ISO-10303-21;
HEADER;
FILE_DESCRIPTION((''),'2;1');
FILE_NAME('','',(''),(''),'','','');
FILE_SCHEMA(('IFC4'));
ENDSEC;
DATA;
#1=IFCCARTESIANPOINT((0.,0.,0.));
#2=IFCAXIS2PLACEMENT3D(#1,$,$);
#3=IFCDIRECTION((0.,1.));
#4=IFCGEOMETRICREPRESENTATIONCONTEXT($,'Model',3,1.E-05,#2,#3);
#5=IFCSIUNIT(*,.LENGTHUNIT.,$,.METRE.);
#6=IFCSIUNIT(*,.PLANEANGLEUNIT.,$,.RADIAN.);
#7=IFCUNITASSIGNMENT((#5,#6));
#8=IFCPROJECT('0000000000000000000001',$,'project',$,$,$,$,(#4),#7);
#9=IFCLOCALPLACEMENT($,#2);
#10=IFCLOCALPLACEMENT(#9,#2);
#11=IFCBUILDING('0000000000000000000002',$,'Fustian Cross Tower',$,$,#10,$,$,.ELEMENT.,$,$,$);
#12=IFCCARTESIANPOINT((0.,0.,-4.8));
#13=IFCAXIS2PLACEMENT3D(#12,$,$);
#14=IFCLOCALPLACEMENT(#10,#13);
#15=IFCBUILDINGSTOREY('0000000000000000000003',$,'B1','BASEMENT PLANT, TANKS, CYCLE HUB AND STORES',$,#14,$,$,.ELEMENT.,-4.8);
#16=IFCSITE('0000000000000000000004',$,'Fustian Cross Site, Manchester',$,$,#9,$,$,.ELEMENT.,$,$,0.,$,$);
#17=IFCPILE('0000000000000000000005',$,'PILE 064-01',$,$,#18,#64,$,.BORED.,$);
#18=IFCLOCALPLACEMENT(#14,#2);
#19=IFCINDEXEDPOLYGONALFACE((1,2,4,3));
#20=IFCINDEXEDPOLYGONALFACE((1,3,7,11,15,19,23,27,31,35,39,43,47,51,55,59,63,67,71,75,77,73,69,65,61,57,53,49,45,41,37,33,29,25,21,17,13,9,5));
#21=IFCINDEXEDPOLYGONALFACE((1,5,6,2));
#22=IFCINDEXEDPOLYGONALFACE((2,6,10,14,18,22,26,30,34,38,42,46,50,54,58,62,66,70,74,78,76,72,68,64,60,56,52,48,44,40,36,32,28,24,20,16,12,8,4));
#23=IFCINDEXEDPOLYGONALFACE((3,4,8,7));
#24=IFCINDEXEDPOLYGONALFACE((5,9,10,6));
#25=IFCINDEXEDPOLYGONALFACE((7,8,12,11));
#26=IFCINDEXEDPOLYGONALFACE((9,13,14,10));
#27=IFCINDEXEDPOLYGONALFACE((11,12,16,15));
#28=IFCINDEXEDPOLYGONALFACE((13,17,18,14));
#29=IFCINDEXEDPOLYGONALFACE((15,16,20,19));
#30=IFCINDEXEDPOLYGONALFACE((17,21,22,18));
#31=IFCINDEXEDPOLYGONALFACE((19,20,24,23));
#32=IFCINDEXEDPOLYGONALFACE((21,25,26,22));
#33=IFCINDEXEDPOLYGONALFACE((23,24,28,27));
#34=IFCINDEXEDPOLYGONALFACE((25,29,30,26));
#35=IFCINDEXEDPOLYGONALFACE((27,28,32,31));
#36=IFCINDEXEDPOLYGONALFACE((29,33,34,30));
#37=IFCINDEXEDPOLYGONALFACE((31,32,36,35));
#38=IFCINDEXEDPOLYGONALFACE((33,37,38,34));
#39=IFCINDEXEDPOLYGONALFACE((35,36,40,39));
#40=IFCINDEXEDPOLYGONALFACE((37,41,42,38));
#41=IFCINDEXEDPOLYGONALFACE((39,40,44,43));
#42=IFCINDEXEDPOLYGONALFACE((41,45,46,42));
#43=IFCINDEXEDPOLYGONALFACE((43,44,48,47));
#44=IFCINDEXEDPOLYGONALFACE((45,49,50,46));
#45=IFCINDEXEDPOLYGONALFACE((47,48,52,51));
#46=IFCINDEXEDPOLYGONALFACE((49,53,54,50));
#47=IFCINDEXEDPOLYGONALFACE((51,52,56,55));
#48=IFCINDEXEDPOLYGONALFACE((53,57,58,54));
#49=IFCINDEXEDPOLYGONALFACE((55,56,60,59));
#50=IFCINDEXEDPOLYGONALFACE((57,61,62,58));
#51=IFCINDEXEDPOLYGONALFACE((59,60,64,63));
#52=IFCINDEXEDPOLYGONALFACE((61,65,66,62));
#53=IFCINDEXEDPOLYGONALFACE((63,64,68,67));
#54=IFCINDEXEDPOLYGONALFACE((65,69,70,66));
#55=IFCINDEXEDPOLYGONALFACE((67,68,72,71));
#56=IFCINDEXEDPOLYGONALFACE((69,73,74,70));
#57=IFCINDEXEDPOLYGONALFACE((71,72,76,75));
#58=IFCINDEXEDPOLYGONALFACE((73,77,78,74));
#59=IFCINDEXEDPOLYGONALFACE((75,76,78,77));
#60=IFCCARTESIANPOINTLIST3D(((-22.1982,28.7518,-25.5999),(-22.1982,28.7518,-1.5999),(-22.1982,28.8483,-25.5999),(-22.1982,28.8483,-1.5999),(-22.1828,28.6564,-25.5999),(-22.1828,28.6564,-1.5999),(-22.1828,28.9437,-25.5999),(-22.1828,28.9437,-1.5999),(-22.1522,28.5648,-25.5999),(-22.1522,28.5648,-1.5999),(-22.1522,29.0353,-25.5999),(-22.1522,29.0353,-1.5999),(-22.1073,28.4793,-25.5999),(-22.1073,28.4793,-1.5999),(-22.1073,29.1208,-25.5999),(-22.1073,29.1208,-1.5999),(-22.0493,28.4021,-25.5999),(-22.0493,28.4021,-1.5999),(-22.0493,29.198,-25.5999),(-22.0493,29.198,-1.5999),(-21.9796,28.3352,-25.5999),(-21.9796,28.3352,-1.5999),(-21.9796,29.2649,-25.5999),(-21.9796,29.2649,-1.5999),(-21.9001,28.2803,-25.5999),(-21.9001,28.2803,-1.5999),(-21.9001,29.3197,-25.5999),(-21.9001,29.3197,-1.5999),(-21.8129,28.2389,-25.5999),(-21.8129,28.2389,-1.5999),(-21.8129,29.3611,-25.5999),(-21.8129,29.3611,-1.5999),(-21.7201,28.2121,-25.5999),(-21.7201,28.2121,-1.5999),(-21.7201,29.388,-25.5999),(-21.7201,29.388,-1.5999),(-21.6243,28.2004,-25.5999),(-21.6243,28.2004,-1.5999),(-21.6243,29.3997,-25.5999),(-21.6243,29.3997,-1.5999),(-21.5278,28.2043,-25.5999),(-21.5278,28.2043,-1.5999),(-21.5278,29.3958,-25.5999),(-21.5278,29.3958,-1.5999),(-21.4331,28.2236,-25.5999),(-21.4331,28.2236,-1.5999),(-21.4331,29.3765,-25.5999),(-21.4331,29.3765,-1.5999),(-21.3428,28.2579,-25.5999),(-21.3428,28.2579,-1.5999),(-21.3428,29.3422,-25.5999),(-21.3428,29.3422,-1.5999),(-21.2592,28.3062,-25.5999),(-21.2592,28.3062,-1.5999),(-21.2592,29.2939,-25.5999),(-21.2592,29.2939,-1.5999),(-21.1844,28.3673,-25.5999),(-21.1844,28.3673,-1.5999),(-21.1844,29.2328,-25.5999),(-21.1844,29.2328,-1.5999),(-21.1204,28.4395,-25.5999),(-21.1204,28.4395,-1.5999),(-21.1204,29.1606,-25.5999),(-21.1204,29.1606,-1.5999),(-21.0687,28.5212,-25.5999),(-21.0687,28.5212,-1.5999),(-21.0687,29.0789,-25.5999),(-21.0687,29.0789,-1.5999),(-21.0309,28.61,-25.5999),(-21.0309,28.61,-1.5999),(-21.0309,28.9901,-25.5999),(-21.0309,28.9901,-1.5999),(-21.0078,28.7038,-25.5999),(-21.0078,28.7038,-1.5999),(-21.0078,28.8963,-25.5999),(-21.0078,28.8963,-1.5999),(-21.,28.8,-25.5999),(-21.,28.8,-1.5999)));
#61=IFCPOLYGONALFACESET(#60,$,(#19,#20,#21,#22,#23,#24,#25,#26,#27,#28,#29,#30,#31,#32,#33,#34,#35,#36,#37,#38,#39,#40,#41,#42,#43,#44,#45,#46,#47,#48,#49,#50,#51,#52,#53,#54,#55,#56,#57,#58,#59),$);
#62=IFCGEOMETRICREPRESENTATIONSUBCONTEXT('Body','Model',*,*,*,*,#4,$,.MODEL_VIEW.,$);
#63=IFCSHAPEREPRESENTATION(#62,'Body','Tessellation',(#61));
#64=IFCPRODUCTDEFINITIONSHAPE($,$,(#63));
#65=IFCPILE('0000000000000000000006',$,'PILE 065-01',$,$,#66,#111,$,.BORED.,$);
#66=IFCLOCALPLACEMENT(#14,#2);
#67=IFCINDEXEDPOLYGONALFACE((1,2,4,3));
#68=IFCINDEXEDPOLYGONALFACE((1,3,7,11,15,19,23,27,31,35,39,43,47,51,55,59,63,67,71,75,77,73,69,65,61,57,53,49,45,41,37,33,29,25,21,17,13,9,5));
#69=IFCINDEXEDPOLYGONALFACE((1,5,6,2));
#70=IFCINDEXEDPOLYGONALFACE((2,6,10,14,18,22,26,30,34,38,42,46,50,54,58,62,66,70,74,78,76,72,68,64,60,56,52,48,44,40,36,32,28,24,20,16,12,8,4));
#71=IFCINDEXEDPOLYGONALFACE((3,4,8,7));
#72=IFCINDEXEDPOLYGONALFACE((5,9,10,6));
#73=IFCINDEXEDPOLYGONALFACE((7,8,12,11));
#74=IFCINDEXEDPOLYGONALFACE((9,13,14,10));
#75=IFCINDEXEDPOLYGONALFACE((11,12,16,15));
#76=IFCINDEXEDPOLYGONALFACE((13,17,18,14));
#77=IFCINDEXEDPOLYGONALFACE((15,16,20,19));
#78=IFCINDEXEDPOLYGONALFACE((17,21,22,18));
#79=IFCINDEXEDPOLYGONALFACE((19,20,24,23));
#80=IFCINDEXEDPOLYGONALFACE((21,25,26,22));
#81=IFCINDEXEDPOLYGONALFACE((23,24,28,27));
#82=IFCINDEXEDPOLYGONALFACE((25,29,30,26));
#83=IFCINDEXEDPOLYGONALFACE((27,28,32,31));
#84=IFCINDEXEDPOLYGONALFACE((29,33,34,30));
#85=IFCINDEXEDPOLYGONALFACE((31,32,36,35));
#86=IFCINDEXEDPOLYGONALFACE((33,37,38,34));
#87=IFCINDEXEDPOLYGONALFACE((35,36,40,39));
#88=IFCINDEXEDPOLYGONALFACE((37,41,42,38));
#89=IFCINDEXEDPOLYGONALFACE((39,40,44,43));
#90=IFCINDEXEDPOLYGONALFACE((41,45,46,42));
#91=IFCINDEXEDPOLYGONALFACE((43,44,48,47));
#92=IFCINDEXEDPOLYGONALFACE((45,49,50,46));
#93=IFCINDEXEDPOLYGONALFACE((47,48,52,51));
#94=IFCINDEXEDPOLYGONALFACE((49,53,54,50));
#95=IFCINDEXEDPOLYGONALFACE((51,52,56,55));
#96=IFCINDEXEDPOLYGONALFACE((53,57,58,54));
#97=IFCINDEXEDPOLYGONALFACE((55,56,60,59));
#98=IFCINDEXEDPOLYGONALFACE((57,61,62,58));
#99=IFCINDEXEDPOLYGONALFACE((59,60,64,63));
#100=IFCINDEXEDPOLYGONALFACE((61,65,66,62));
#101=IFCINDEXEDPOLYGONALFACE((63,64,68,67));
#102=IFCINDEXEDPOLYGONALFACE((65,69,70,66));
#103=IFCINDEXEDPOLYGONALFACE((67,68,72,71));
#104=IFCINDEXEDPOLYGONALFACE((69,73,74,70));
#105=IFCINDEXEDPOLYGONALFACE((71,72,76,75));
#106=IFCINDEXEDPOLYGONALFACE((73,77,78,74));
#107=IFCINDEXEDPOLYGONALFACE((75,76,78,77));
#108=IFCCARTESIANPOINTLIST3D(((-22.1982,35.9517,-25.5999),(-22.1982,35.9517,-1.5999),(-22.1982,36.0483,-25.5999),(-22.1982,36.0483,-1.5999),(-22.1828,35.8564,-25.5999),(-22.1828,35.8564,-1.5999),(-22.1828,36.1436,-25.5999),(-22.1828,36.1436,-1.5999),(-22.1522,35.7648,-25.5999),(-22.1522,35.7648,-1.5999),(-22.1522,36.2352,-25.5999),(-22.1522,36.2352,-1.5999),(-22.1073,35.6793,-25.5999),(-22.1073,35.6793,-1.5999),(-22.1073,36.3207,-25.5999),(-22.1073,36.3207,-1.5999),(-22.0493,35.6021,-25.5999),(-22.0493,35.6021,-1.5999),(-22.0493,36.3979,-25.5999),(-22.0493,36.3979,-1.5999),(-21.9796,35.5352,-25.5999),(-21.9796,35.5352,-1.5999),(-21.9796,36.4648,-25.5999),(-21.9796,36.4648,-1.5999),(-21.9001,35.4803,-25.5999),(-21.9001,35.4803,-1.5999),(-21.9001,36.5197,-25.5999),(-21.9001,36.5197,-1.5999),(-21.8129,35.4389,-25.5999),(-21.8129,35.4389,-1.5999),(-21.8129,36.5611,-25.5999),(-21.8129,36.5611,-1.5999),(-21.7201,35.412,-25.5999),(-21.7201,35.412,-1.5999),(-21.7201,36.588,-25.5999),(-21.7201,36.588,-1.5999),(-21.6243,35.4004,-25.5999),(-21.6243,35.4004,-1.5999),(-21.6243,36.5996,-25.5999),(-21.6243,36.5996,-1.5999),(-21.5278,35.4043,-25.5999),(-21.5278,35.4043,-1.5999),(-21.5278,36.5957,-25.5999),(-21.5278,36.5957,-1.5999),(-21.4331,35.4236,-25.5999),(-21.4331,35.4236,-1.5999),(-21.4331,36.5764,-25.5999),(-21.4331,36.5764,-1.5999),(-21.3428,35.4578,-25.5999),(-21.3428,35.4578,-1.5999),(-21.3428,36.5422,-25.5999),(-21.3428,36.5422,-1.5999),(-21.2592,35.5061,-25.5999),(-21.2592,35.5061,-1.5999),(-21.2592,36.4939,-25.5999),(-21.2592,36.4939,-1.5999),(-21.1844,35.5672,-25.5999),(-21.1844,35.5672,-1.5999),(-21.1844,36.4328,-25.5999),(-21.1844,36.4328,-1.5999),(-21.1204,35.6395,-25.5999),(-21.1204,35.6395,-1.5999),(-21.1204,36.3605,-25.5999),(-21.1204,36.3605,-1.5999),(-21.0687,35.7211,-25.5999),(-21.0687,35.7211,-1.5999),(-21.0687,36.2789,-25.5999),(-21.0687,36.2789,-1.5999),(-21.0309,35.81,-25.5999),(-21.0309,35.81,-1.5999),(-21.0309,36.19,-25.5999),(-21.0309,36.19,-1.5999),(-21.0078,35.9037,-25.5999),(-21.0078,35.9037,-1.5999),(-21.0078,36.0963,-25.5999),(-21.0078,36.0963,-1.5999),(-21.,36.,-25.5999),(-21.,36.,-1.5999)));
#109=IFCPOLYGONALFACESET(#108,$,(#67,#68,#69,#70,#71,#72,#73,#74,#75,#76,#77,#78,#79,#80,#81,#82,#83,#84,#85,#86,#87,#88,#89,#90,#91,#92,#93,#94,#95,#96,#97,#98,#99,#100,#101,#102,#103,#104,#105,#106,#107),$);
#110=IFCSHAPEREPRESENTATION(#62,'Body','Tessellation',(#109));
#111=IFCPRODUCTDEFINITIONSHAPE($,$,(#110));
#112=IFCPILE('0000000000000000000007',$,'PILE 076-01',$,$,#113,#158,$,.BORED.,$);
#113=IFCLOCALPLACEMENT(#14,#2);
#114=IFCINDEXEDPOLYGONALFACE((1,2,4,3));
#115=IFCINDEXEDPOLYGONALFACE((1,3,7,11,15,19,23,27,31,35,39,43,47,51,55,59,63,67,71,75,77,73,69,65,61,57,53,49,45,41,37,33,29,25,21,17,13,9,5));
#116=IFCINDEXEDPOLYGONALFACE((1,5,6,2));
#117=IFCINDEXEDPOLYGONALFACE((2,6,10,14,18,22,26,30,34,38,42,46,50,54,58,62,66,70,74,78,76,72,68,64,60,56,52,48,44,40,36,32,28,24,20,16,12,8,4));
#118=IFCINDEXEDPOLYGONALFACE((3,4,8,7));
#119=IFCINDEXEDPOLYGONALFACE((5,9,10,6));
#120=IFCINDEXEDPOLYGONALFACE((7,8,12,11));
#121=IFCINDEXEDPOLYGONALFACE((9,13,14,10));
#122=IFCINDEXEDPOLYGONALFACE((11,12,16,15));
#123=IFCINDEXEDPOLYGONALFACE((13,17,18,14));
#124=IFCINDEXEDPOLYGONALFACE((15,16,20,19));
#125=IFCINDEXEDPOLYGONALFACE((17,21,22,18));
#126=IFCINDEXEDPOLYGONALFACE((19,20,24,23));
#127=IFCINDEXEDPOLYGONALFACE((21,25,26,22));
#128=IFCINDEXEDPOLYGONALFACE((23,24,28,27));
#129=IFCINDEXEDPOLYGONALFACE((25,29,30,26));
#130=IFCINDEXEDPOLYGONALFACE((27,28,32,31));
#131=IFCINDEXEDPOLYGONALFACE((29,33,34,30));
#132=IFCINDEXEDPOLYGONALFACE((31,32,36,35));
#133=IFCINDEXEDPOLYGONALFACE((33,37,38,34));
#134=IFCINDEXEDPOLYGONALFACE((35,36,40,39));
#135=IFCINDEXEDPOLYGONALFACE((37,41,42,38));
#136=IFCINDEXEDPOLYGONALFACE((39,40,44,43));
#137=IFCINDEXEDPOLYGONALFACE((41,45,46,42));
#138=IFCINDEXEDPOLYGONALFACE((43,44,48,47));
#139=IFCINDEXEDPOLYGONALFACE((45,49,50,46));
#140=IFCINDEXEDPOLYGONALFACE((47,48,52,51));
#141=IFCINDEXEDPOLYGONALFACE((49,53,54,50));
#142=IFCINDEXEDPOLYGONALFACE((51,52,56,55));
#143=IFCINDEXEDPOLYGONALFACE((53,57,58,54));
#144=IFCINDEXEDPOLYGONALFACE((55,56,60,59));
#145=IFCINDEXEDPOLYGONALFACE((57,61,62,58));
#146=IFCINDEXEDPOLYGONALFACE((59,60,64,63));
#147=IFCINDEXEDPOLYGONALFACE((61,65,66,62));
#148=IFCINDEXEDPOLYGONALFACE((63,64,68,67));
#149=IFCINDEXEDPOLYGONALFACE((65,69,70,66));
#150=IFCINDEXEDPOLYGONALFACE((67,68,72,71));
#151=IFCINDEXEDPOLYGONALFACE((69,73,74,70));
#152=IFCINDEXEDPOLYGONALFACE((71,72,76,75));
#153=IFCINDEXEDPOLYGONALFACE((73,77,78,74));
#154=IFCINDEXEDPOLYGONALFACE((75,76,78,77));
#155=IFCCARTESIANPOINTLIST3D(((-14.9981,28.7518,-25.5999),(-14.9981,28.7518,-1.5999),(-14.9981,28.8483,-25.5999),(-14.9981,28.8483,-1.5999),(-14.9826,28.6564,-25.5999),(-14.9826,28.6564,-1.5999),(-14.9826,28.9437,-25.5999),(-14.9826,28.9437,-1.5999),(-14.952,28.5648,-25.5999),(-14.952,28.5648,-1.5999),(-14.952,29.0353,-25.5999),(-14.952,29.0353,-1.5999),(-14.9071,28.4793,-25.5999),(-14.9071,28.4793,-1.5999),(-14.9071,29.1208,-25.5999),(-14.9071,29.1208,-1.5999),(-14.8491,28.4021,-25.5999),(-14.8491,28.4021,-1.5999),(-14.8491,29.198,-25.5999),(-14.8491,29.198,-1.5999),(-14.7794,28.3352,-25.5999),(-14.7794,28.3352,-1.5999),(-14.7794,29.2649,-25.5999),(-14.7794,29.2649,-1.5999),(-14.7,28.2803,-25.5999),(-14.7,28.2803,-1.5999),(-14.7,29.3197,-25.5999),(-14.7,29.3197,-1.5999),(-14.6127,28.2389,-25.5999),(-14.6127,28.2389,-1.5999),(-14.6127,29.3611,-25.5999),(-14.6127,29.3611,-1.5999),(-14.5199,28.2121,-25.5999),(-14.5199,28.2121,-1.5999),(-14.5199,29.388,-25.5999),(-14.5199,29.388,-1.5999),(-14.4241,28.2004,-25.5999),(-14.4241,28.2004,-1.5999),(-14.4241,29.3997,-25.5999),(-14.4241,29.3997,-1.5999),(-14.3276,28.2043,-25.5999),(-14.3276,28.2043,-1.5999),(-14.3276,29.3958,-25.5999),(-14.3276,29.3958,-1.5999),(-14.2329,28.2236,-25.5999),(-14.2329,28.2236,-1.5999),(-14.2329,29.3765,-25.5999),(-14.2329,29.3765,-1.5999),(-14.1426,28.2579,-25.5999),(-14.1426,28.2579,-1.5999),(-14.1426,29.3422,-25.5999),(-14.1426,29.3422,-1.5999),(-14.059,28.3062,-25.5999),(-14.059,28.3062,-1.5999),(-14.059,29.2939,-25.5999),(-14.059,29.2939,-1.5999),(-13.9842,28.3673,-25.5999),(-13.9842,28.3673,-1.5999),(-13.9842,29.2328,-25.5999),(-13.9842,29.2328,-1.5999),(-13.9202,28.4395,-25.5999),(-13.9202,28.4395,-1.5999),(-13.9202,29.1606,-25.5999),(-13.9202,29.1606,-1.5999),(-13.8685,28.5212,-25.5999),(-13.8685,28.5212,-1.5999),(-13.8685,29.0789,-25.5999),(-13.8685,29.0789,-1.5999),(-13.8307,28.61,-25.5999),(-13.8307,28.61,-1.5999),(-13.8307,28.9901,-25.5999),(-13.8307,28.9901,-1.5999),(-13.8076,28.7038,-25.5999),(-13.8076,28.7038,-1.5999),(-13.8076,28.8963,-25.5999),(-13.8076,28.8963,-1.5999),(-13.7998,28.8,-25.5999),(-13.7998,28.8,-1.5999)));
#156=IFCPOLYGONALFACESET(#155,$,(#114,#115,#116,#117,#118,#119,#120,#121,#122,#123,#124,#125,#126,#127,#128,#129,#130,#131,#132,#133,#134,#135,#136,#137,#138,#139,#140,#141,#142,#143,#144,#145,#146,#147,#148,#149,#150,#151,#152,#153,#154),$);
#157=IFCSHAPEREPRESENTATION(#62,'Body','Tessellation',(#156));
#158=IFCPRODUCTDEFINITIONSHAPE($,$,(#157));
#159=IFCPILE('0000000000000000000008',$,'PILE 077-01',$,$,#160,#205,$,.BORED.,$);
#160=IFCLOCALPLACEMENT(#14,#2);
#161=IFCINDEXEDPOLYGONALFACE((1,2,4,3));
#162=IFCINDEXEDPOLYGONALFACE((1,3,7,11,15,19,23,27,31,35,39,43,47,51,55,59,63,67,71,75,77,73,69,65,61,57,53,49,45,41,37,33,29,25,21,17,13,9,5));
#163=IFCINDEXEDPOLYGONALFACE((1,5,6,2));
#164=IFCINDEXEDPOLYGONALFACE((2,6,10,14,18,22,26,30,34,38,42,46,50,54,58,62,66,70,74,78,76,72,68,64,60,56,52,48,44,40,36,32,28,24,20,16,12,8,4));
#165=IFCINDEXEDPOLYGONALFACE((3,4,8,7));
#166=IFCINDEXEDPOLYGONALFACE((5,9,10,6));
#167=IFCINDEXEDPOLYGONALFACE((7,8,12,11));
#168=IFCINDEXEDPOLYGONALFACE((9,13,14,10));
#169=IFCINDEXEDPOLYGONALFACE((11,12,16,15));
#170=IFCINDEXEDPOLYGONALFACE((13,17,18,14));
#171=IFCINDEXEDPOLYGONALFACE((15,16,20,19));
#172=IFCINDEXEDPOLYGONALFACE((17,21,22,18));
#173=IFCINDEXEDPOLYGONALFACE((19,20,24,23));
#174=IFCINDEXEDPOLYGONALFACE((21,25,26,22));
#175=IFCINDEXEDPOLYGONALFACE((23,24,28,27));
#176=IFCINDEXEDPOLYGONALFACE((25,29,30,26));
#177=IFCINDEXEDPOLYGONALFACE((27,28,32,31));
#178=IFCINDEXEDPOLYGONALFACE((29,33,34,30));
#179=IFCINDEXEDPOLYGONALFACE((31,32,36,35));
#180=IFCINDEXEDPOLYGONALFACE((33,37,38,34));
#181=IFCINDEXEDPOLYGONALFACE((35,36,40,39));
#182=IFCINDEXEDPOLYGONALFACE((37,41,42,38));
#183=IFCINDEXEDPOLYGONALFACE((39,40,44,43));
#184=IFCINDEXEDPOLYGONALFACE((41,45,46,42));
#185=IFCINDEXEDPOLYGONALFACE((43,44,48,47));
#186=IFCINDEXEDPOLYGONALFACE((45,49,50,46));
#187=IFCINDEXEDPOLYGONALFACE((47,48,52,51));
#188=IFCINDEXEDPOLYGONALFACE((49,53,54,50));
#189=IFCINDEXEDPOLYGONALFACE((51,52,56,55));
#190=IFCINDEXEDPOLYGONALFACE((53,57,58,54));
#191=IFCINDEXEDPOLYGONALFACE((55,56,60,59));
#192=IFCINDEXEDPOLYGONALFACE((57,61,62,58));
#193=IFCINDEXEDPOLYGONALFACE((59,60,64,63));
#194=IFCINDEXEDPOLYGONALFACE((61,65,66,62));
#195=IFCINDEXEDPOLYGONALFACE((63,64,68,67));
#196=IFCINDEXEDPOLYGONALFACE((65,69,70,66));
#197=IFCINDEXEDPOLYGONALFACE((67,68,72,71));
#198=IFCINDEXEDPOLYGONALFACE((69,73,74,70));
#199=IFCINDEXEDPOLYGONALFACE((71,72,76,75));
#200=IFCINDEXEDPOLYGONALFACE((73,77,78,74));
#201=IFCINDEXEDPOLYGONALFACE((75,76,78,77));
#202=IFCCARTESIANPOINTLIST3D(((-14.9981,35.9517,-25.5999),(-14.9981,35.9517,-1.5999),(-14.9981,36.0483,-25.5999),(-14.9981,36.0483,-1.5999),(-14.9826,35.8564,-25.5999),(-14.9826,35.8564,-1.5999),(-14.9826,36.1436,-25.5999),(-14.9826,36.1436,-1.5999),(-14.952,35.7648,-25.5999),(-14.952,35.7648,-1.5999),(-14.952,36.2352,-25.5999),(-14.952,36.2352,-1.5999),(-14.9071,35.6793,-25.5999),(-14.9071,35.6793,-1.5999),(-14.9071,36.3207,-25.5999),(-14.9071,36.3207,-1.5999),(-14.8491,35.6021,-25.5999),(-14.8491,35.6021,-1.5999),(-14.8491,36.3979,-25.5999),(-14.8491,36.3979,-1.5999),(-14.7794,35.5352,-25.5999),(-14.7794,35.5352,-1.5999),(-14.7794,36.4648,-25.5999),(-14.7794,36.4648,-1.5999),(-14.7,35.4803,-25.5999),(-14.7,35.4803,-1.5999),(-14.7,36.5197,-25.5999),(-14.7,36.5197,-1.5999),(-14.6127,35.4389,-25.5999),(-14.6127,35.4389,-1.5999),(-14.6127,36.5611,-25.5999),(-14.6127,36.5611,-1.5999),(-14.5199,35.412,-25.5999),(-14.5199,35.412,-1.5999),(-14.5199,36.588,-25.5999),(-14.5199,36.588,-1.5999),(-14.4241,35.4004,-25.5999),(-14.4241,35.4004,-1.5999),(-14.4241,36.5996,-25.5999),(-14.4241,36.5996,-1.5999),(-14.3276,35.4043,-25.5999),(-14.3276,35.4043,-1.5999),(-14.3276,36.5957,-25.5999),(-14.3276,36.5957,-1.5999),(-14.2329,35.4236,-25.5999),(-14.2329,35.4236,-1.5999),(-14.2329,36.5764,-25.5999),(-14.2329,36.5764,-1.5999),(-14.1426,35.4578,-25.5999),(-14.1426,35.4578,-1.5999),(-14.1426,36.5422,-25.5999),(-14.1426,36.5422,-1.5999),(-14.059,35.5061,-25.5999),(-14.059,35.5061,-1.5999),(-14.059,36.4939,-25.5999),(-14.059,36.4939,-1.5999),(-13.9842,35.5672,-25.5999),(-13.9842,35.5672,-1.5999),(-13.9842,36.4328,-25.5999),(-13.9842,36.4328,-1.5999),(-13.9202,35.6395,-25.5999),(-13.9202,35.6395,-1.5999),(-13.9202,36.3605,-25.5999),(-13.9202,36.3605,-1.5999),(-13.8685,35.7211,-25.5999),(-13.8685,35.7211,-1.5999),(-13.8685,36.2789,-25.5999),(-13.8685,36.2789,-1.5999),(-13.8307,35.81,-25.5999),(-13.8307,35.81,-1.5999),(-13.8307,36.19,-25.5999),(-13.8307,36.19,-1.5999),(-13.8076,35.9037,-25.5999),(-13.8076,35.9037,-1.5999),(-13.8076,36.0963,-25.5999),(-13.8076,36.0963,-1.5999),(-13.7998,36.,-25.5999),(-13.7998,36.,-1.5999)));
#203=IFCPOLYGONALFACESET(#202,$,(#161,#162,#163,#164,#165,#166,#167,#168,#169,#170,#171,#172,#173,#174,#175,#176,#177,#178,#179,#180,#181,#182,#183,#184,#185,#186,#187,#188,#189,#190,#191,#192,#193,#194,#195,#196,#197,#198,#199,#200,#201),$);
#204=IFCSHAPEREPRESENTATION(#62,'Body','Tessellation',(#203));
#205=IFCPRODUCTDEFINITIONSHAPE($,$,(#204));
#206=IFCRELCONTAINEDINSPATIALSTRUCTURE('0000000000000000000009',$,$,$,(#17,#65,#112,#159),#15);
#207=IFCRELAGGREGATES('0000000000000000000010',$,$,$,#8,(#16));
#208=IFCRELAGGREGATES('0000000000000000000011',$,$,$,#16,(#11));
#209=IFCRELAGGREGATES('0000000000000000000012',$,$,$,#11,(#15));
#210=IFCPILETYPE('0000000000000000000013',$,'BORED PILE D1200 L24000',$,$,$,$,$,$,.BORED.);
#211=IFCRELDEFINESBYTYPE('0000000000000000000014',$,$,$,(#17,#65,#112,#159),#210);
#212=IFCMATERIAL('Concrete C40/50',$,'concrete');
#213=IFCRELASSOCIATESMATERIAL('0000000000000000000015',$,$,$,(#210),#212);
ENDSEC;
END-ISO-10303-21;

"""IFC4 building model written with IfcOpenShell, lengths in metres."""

from ifc_helpers import new_model, si_unit, direction, frame, origin, origin_2d, place, context, subcontext, project, spatial, circle, extrude, material, material_profile, profile_set, type_object, element, save


model = new_model("IFC4")

# Units and contexts
model_context = context("Model", 3, precision=1e-05, world=origin(), true_north=direction((0.0, 1.0)))
body_context = subcontext(model_context, "Body", "Model", "MODEL_VIEW")
ifc_project = project(units=[si_unit("LENGTHUNIT", "METRE"), si_unit("PLANEANGLEUNIT", "RADIAN")], contexts=[model_context])

# Site, building, storey
site_placement = place(None, origin())
site = spatial("IfcSite", under=ifc_project, at=site_placement, Name="Fustian Cross Site, Manchester", CompositionType="ELEMENT", RefElevation=0.0)
building_placement = place(site_placement, origin())
building = spatial("IfcBuilding", under=site, at=building_placement, Name="Fustian Cross Tower", CompositionType="ELEMENT")
storey_placement = place(building_placement, frame((0.0, 0.0, -4.8)))
storey = spatial("IfcBuildingStorey", under=building, at=storey_placement, Name="B1", Description="BASEMENT PLANT, TANKS, CYCLE HUB AND STORES", CompositionType="ELEMENT", Elevation=-4.8)

# Piles
ifc_material_1 = material(Name="Concrete C40/50", Category="concrete")
ifc_material_profile_1 = material_profile(ifc_material_1, circle(Radius=0.6001, at=origin_2d()), Name="BORED PILE D1200 L24000")
ifc_profile_set_1 = profile_set([ifc_material_profile_1], Name="Concrete C40/50")
pile_type_1 = type_object("IfcPileType", Name="BORED PILE D1200 L24000", PredefinedType="BORED", material=ifc_profile_set_1)
for number, where, z_axis, x_axis, name in (
    (1, (-21.6001, 28.8, -1.5999), (0.0, 0.0, -1.0), (1.0, 0.0, 0.0), "PILE 064-01"),
    (2, (-21.6001, 36.0, -1.5999), (0.0, 0.0, -1.0), (1.0, 0.0, 0.0), "PILE 065-01"),
    (3, (-14.3999, 28.8, -1.5999), (0.0, 0.0, -1.0), (1.0, 0.0, 0.0), "PILE 076-01"),
    (4, (-14.3999, 36.0, -1.5999), (0.0, 0.0, -1.0), (1.0, 0.0, 0.0), "PILE 077-01"),
):
    element("IfcPile", number, at=place(storey_placement, frame(where, z_axis=z_axis, x_axis=x_axis)), inside=storey, type_object=pile_type_1, Name=name, PredefinedType="BORED", context=body_context, shape_type="SweptSolid", body=[
        extrude(circle(Radius=0.6001, at=origin_2d()), origin(), (0.0, 0.0, 1.0), 24.0),
    ])

save(model, "model.ifc")
